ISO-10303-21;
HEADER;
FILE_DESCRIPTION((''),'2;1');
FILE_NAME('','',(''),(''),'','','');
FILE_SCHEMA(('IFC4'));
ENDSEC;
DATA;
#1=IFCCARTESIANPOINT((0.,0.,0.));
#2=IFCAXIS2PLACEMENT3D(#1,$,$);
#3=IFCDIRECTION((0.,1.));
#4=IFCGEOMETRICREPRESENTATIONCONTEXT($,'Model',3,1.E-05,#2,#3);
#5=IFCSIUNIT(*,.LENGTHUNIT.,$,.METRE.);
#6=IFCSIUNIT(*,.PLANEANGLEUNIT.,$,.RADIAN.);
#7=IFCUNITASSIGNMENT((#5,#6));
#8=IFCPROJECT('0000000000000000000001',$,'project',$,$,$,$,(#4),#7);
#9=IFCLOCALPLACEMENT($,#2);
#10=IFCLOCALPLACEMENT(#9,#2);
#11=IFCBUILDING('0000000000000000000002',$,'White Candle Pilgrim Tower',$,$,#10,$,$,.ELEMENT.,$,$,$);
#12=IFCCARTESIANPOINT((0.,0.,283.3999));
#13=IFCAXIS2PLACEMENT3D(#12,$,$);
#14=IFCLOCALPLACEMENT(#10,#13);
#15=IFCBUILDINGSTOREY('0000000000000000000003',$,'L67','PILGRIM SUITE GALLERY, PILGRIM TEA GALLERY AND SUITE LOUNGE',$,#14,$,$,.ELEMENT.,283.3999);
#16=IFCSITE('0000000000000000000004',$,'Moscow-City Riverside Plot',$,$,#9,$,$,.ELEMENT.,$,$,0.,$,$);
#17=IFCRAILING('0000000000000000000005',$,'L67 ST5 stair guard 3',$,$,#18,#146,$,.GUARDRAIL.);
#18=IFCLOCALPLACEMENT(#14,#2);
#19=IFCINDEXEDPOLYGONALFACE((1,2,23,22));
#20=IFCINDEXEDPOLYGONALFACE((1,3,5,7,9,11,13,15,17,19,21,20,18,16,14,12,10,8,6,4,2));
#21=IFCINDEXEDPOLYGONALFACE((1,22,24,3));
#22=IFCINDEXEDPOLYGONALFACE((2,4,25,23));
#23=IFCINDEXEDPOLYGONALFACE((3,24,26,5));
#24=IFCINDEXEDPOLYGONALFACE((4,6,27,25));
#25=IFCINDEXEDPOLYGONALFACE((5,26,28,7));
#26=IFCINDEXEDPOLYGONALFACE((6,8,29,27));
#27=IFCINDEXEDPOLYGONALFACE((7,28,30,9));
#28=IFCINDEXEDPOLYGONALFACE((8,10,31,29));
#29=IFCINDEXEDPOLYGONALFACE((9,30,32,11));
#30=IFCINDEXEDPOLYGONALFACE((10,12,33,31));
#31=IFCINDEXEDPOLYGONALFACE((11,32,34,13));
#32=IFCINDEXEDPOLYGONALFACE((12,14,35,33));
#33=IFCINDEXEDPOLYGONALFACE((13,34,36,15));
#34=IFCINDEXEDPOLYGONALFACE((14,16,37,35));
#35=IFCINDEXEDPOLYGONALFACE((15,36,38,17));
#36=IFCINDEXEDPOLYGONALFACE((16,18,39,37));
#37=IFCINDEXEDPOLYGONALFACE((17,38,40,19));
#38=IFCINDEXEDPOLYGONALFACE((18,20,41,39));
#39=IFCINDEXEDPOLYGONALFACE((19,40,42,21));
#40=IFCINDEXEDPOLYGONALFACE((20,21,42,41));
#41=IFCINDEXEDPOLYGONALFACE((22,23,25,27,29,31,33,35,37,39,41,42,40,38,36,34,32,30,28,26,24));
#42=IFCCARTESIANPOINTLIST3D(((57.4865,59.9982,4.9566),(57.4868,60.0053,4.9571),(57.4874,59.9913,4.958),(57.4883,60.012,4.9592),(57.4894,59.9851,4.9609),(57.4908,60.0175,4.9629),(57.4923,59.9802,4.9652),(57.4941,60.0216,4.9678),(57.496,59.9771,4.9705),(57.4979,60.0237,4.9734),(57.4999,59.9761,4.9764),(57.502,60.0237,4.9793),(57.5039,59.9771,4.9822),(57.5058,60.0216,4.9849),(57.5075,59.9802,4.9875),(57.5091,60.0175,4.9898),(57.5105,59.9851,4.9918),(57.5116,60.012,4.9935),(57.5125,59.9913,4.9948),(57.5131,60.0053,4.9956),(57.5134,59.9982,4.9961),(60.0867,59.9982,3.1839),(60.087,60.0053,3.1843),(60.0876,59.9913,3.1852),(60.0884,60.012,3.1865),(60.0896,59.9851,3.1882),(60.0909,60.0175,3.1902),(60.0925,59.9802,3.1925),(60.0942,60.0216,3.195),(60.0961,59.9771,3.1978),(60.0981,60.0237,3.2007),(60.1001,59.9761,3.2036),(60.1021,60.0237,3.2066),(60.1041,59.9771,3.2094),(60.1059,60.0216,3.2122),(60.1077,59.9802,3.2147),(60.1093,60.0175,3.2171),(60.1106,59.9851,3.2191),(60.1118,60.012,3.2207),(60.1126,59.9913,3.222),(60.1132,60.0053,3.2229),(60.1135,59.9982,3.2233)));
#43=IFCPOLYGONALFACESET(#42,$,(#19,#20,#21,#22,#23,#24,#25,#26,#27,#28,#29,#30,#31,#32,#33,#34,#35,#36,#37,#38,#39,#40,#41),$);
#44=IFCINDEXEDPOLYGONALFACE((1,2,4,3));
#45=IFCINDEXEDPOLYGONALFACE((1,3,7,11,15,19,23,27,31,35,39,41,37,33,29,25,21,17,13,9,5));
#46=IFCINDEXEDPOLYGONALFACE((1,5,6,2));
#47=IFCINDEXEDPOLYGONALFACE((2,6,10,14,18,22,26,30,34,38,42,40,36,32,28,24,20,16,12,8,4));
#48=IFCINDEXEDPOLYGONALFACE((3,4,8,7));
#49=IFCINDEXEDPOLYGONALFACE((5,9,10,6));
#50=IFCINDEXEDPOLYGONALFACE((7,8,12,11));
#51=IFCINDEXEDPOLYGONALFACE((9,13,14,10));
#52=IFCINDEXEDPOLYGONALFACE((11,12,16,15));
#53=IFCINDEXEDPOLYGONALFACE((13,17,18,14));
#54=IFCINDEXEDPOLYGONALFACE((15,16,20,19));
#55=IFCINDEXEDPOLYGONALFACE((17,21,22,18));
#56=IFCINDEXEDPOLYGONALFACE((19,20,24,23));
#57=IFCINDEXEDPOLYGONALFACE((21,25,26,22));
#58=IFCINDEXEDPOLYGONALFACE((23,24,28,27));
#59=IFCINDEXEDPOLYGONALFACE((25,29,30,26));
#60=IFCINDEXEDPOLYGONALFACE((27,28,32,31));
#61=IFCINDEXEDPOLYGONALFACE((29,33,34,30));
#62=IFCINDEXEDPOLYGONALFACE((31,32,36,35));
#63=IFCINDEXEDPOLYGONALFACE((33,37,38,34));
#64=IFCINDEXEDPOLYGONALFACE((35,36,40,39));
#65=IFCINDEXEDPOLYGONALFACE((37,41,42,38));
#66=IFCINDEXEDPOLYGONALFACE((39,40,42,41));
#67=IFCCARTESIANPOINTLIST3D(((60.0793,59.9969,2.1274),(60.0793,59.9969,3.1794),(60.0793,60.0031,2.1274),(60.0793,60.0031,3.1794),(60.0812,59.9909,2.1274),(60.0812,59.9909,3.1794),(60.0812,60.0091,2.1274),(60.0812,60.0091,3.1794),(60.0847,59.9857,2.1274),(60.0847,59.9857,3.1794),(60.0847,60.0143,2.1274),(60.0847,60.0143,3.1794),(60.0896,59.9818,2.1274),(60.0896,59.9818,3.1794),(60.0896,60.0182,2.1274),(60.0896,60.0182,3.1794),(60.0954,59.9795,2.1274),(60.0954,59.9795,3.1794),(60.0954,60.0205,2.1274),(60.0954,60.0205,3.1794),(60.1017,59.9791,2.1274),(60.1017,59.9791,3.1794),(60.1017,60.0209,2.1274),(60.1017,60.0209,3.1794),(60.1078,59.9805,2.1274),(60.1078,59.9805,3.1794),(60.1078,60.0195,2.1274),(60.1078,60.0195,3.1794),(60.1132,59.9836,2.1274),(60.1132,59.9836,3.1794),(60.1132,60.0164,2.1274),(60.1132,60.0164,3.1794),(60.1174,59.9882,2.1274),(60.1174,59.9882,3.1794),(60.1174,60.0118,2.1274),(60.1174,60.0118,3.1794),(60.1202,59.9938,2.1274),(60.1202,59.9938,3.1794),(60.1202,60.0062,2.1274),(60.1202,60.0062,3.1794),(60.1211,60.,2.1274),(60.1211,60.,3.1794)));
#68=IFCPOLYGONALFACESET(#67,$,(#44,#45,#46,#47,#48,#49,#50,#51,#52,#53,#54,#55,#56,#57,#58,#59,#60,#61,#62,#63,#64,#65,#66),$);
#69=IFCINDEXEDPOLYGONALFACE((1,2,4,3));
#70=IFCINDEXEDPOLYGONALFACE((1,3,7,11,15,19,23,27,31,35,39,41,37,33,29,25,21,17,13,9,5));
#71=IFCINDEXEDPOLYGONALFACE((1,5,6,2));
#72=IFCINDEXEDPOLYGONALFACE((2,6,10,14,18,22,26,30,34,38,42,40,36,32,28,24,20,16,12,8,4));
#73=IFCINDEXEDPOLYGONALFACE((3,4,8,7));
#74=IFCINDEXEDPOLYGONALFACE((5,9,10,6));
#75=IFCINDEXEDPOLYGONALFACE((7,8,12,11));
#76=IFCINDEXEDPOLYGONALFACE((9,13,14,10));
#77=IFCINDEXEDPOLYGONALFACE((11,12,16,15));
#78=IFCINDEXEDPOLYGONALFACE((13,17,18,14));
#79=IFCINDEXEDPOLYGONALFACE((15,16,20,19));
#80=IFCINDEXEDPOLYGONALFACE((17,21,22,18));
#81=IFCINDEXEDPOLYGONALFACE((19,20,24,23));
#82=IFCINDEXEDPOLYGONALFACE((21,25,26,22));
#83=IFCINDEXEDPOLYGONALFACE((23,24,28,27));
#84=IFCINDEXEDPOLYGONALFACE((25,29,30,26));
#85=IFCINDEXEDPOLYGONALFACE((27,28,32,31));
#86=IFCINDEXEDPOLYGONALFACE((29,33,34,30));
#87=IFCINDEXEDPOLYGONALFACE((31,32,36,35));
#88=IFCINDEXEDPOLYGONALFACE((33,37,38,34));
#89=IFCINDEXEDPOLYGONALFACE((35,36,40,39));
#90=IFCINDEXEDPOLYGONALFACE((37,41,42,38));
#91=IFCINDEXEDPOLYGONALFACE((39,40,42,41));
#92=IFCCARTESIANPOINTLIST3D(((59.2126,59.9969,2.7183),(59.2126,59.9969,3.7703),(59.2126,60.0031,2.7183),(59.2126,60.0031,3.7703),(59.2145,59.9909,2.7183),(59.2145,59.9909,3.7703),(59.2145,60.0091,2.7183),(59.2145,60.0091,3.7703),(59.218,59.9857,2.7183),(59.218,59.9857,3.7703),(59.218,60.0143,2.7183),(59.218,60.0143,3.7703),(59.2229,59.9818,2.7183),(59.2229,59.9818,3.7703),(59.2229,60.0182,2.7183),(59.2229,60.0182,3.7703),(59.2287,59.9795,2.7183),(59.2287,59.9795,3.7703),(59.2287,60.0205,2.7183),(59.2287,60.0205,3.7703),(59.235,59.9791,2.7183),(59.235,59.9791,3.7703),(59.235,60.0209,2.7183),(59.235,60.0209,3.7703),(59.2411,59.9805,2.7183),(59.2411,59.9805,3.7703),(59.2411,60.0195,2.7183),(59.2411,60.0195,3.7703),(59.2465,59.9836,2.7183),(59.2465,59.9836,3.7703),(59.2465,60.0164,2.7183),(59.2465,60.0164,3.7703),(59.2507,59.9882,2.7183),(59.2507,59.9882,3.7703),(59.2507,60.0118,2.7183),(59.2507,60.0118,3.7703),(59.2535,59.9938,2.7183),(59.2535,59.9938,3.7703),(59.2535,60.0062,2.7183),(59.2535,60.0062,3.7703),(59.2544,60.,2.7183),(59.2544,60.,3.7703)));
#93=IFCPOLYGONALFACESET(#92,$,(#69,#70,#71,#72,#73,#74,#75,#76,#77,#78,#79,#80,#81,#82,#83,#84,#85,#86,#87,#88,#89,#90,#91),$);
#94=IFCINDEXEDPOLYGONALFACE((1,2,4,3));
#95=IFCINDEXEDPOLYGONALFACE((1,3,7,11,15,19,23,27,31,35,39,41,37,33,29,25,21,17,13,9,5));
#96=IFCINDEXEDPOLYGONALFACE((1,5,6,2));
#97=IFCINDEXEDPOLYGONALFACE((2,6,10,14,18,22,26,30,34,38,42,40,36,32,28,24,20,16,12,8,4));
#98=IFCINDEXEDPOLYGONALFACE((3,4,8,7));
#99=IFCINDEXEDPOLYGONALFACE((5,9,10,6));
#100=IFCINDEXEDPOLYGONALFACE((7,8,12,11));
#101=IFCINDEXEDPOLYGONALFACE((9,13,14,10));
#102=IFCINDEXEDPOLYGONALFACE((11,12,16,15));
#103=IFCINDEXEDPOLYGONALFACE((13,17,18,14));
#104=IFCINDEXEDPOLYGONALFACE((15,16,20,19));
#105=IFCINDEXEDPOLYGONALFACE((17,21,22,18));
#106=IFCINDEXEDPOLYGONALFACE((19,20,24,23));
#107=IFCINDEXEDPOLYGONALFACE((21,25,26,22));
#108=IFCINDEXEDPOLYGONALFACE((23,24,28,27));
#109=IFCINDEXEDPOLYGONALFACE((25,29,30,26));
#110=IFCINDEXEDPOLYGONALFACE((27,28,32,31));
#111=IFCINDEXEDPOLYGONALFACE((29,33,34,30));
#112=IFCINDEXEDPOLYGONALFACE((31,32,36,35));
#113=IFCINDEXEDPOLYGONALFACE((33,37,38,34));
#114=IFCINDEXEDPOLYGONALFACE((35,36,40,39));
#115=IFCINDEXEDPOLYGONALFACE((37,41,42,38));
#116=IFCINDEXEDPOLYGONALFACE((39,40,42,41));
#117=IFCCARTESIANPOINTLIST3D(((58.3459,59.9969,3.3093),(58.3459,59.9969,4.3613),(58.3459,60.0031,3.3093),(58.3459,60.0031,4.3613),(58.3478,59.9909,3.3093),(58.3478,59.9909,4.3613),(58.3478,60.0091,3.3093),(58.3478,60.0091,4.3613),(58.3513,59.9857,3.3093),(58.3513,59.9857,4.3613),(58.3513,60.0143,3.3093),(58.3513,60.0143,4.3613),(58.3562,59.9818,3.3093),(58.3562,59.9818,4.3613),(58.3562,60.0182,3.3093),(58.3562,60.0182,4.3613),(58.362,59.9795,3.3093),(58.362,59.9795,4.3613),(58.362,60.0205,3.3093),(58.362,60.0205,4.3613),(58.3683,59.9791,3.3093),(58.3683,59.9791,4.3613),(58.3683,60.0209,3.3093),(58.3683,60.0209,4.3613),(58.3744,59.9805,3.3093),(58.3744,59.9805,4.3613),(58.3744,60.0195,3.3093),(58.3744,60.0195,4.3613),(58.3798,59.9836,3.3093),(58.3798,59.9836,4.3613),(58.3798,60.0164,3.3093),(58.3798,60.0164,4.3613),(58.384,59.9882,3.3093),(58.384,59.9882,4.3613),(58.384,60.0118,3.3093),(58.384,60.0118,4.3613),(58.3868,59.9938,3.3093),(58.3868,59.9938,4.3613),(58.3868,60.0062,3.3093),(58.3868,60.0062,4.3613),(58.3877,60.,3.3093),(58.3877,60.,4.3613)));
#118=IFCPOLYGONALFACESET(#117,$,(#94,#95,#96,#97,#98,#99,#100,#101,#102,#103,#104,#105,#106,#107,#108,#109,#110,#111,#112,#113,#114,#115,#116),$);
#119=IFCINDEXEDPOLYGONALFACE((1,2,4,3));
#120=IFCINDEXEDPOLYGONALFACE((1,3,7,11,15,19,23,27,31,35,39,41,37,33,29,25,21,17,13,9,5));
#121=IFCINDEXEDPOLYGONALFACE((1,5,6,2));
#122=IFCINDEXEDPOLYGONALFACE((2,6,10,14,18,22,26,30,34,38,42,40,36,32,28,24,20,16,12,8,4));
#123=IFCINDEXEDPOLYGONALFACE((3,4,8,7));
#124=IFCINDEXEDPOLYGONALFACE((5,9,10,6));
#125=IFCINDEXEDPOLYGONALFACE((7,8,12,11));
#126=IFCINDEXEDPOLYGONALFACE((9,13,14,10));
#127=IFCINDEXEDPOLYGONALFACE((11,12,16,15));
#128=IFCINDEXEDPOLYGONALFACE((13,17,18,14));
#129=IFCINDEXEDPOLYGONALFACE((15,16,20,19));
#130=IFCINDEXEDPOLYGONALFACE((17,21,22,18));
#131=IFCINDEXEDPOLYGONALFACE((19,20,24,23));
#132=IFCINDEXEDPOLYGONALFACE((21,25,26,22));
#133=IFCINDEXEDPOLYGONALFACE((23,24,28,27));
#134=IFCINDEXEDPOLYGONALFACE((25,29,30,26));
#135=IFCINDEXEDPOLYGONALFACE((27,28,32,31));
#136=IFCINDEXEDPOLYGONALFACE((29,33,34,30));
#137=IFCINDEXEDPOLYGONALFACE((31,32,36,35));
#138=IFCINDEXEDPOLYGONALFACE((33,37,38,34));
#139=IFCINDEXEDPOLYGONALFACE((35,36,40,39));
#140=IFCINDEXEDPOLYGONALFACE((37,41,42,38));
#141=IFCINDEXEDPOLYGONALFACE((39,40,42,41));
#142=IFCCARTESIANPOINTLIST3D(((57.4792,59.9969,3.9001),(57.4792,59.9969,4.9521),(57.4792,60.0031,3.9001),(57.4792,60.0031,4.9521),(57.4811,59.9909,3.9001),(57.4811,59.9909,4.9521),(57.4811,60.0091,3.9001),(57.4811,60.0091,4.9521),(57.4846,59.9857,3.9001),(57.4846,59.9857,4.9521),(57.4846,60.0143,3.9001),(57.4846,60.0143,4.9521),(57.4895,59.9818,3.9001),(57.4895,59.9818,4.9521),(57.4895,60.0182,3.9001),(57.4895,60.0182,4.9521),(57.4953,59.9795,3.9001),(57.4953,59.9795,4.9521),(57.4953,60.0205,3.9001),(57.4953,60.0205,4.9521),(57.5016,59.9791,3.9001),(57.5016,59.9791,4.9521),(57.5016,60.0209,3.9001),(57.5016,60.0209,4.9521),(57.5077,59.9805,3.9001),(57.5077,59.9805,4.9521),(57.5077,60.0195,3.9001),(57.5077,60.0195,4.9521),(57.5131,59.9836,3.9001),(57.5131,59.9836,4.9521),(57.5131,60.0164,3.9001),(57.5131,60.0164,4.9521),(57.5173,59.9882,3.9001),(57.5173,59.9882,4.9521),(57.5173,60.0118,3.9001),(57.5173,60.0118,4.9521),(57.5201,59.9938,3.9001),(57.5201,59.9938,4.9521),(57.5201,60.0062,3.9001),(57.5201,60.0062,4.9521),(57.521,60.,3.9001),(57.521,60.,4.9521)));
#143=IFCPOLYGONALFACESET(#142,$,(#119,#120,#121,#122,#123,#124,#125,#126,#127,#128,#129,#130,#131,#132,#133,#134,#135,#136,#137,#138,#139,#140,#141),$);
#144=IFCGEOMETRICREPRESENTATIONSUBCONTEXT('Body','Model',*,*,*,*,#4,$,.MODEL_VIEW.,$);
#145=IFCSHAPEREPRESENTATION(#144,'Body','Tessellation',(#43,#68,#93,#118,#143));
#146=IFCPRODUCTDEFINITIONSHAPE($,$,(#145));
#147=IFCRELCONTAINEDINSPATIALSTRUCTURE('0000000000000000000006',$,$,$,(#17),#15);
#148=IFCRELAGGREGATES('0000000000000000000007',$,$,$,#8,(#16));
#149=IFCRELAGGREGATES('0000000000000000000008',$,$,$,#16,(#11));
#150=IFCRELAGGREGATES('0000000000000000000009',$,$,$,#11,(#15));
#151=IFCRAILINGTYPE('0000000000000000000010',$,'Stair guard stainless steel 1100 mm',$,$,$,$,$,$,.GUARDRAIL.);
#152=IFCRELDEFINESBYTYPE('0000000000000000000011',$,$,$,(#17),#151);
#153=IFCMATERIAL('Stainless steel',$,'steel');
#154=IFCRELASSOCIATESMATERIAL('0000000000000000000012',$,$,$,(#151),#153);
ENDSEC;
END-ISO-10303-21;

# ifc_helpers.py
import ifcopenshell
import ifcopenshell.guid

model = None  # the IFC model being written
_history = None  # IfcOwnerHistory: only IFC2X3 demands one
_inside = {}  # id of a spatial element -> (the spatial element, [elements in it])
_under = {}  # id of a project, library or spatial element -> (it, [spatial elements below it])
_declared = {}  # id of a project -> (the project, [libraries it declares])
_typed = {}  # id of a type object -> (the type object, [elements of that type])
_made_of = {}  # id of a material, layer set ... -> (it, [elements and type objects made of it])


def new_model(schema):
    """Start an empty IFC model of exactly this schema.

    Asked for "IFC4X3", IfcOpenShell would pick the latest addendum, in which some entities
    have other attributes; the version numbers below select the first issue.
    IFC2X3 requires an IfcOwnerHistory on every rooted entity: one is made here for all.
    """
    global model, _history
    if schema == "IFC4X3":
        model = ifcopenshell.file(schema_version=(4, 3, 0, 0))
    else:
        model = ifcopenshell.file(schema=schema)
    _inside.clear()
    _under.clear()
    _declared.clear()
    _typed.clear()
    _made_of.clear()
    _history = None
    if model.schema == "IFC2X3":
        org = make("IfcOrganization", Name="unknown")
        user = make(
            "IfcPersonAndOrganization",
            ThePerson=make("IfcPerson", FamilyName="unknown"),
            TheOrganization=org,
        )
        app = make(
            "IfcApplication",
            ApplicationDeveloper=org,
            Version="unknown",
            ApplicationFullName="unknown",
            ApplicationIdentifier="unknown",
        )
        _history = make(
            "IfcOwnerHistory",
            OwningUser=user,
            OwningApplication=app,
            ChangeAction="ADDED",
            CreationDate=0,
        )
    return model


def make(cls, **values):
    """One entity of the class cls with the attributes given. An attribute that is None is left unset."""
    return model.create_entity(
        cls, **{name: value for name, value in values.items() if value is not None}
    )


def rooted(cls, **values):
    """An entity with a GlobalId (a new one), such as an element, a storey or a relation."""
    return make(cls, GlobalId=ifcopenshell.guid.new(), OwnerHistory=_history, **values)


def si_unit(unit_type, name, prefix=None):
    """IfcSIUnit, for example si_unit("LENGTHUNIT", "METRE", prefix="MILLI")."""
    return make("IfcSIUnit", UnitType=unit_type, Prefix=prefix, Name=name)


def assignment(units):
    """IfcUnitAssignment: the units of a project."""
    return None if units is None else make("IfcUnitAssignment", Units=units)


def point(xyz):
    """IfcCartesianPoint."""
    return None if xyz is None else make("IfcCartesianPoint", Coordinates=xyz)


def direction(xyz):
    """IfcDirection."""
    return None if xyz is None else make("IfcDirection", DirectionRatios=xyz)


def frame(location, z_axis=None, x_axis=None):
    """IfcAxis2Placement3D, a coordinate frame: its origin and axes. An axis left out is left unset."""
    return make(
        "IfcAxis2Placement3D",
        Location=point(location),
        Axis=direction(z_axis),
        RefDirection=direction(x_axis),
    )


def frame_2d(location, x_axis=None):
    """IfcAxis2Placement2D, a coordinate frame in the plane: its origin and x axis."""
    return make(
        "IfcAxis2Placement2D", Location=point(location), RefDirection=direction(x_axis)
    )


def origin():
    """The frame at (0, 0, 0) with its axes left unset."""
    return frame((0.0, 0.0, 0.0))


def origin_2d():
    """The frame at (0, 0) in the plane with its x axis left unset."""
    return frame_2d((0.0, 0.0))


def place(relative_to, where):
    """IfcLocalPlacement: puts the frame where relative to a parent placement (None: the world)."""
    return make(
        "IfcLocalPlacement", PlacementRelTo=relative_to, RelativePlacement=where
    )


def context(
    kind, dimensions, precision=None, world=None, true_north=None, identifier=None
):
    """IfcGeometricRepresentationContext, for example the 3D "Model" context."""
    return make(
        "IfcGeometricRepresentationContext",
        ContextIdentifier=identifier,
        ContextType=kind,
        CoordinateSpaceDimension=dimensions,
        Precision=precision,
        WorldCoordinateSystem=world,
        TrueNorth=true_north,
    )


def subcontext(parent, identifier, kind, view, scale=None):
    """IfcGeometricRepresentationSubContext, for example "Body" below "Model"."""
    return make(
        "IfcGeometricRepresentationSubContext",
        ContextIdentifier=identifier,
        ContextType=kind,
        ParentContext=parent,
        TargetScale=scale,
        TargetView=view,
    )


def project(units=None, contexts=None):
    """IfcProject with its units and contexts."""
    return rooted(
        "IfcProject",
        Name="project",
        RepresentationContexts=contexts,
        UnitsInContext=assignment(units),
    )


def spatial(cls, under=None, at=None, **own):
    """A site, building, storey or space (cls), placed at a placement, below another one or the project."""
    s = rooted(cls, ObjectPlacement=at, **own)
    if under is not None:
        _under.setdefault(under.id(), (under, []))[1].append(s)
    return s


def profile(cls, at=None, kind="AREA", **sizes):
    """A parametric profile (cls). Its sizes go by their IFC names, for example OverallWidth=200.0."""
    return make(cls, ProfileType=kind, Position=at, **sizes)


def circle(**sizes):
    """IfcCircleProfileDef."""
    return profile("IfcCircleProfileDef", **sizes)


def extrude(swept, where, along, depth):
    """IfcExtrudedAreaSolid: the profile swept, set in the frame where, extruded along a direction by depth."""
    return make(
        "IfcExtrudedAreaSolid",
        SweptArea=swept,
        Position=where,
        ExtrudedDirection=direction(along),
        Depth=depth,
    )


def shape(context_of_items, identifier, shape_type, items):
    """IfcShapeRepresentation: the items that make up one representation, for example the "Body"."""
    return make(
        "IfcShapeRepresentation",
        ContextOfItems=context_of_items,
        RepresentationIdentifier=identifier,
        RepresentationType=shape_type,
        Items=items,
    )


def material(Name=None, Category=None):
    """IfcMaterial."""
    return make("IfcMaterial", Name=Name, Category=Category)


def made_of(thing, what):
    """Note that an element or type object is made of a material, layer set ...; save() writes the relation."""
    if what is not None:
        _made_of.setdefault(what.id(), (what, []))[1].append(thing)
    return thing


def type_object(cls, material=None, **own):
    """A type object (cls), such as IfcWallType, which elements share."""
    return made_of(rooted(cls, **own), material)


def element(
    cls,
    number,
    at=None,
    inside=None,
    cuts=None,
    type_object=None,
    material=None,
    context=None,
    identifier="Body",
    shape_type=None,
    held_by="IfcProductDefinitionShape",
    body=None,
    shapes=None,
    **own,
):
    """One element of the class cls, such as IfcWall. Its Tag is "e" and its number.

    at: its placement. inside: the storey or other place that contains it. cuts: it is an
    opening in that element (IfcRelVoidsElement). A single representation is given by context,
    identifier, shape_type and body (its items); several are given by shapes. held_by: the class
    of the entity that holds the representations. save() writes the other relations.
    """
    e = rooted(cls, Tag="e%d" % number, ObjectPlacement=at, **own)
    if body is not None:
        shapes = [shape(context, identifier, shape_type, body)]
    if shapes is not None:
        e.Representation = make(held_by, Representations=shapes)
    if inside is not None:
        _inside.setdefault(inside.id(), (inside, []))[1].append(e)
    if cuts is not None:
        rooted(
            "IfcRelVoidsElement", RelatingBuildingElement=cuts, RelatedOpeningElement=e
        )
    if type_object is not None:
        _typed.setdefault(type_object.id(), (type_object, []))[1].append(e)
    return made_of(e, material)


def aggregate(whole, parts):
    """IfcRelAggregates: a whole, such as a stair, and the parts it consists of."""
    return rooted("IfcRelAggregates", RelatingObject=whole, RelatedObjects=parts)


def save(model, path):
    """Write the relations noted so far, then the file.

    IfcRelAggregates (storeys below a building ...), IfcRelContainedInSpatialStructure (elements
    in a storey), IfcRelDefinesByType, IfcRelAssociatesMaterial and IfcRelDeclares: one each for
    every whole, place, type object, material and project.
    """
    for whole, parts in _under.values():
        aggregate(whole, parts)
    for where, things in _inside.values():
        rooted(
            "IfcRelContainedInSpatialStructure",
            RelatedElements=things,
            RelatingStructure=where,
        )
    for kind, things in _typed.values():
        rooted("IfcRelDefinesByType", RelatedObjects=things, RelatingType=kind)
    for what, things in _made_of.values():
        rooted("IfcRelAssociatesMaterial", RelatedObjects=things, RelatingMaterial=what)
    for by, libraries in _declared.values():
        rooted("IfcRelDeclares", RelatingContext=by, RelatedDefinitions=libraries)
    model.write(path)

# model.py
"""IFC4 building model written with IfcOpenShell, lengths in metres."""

from ifc_helpers import new_model, si_unit, direction, frame, origin, origin_2d, place, context, subcontext, project, spatial, circle, extrude, material, type_object, element, save


model = new_model("IFC4")

# Units and contexts
model_context = context("Model", 3, precision=1e-05, world=origin(), true_north=direction((0.0, 1.0)))
body_context = subcontext(model_context, "Body", "Model", "MODEL_VIEW")
ifc_project = project(units=[si_unit("LENGTHUNIT", "METRE"), si_unit("PLANEANGLEUNIT", "RADIAN")], contexts=[model_context])

# Site, building, storey
site_placement = place(None, origin())
site = spatial("IfcSite", under=ifc_project, at=site_placement, Name="Moscow-City Riverside Plot", CompositionType="ELEMENT", RefElevation=0.0)
building_placement = place(site_placement, origin())
building = spatial("IfcBuilding", under=site, at=building_placement, Name="White Candle Pilgrim Tower", CompositionType="ELEMENT")
storey_placement = place(building_placement, frame((0.0, 0.0, 283.3999)))
storey = spatial("IfcBuildingStorey", under=building, at=storey_placement, Name="L67", Description="PILGRIM SUITE GALLERY, PILGRIM TEA GALLERY AND SUITE LOUNGE", CompositionType="ELEMENT", Elevation=283.3999)

# Railing
ifc_material_1 = material(Name="Stainless steel", Category="steel")
railing_type_1 = type_object("IfcRailingType", Name="Stair guard stainless steel 1100 mm", PredefinedType="GUARDRAIL", material=ifc_material_1)
railing_1_placement = place(storey_placement, frame((60.1001, 60.0, 2.1274)))
element("IfcRailing", 1, at=railing_1_placement, inside=storey, type_object=railing_type_1, Name="L67 ST5 stair guard 3", PredefinedType="GUARDRAIL", context=body_context, shape_type="SweptSolid", body=[
    extrude(circle(Radius=0.0239, at=origin_2d()), frame((0.0, 0.0, 1.0762), z_axis=(-0.82624, 0.0, 0.563318), x_axis=(0.0, -1.0, 0.0)), (0.0, 0.0, 1.0), 3.147),
    extrude(circle(Radius=0.021, at=origin_2d()), origin(), (0.0, 0.0, 1.0), 1.052),
    extrude(circle(Radius=0.021, at=origin_2d()), frame((-0.8667, 0.0, 0.5908)), (0.0, 0.0, 1.0), 1.052),
    extrude(circle(Radius=0.021, at=origin_2d()), frame((-1.7334, 0.0, 1.1819)), (0.0, 0.0, 1.0), 1.052),
    extrude(circle(Radius=0.021, at=origin_2d()), frame((-2.6001, 0.0, 1.7727)), (0.0, 0.0, 1.0), 1.052),
])

save(model, "model.ifc")
